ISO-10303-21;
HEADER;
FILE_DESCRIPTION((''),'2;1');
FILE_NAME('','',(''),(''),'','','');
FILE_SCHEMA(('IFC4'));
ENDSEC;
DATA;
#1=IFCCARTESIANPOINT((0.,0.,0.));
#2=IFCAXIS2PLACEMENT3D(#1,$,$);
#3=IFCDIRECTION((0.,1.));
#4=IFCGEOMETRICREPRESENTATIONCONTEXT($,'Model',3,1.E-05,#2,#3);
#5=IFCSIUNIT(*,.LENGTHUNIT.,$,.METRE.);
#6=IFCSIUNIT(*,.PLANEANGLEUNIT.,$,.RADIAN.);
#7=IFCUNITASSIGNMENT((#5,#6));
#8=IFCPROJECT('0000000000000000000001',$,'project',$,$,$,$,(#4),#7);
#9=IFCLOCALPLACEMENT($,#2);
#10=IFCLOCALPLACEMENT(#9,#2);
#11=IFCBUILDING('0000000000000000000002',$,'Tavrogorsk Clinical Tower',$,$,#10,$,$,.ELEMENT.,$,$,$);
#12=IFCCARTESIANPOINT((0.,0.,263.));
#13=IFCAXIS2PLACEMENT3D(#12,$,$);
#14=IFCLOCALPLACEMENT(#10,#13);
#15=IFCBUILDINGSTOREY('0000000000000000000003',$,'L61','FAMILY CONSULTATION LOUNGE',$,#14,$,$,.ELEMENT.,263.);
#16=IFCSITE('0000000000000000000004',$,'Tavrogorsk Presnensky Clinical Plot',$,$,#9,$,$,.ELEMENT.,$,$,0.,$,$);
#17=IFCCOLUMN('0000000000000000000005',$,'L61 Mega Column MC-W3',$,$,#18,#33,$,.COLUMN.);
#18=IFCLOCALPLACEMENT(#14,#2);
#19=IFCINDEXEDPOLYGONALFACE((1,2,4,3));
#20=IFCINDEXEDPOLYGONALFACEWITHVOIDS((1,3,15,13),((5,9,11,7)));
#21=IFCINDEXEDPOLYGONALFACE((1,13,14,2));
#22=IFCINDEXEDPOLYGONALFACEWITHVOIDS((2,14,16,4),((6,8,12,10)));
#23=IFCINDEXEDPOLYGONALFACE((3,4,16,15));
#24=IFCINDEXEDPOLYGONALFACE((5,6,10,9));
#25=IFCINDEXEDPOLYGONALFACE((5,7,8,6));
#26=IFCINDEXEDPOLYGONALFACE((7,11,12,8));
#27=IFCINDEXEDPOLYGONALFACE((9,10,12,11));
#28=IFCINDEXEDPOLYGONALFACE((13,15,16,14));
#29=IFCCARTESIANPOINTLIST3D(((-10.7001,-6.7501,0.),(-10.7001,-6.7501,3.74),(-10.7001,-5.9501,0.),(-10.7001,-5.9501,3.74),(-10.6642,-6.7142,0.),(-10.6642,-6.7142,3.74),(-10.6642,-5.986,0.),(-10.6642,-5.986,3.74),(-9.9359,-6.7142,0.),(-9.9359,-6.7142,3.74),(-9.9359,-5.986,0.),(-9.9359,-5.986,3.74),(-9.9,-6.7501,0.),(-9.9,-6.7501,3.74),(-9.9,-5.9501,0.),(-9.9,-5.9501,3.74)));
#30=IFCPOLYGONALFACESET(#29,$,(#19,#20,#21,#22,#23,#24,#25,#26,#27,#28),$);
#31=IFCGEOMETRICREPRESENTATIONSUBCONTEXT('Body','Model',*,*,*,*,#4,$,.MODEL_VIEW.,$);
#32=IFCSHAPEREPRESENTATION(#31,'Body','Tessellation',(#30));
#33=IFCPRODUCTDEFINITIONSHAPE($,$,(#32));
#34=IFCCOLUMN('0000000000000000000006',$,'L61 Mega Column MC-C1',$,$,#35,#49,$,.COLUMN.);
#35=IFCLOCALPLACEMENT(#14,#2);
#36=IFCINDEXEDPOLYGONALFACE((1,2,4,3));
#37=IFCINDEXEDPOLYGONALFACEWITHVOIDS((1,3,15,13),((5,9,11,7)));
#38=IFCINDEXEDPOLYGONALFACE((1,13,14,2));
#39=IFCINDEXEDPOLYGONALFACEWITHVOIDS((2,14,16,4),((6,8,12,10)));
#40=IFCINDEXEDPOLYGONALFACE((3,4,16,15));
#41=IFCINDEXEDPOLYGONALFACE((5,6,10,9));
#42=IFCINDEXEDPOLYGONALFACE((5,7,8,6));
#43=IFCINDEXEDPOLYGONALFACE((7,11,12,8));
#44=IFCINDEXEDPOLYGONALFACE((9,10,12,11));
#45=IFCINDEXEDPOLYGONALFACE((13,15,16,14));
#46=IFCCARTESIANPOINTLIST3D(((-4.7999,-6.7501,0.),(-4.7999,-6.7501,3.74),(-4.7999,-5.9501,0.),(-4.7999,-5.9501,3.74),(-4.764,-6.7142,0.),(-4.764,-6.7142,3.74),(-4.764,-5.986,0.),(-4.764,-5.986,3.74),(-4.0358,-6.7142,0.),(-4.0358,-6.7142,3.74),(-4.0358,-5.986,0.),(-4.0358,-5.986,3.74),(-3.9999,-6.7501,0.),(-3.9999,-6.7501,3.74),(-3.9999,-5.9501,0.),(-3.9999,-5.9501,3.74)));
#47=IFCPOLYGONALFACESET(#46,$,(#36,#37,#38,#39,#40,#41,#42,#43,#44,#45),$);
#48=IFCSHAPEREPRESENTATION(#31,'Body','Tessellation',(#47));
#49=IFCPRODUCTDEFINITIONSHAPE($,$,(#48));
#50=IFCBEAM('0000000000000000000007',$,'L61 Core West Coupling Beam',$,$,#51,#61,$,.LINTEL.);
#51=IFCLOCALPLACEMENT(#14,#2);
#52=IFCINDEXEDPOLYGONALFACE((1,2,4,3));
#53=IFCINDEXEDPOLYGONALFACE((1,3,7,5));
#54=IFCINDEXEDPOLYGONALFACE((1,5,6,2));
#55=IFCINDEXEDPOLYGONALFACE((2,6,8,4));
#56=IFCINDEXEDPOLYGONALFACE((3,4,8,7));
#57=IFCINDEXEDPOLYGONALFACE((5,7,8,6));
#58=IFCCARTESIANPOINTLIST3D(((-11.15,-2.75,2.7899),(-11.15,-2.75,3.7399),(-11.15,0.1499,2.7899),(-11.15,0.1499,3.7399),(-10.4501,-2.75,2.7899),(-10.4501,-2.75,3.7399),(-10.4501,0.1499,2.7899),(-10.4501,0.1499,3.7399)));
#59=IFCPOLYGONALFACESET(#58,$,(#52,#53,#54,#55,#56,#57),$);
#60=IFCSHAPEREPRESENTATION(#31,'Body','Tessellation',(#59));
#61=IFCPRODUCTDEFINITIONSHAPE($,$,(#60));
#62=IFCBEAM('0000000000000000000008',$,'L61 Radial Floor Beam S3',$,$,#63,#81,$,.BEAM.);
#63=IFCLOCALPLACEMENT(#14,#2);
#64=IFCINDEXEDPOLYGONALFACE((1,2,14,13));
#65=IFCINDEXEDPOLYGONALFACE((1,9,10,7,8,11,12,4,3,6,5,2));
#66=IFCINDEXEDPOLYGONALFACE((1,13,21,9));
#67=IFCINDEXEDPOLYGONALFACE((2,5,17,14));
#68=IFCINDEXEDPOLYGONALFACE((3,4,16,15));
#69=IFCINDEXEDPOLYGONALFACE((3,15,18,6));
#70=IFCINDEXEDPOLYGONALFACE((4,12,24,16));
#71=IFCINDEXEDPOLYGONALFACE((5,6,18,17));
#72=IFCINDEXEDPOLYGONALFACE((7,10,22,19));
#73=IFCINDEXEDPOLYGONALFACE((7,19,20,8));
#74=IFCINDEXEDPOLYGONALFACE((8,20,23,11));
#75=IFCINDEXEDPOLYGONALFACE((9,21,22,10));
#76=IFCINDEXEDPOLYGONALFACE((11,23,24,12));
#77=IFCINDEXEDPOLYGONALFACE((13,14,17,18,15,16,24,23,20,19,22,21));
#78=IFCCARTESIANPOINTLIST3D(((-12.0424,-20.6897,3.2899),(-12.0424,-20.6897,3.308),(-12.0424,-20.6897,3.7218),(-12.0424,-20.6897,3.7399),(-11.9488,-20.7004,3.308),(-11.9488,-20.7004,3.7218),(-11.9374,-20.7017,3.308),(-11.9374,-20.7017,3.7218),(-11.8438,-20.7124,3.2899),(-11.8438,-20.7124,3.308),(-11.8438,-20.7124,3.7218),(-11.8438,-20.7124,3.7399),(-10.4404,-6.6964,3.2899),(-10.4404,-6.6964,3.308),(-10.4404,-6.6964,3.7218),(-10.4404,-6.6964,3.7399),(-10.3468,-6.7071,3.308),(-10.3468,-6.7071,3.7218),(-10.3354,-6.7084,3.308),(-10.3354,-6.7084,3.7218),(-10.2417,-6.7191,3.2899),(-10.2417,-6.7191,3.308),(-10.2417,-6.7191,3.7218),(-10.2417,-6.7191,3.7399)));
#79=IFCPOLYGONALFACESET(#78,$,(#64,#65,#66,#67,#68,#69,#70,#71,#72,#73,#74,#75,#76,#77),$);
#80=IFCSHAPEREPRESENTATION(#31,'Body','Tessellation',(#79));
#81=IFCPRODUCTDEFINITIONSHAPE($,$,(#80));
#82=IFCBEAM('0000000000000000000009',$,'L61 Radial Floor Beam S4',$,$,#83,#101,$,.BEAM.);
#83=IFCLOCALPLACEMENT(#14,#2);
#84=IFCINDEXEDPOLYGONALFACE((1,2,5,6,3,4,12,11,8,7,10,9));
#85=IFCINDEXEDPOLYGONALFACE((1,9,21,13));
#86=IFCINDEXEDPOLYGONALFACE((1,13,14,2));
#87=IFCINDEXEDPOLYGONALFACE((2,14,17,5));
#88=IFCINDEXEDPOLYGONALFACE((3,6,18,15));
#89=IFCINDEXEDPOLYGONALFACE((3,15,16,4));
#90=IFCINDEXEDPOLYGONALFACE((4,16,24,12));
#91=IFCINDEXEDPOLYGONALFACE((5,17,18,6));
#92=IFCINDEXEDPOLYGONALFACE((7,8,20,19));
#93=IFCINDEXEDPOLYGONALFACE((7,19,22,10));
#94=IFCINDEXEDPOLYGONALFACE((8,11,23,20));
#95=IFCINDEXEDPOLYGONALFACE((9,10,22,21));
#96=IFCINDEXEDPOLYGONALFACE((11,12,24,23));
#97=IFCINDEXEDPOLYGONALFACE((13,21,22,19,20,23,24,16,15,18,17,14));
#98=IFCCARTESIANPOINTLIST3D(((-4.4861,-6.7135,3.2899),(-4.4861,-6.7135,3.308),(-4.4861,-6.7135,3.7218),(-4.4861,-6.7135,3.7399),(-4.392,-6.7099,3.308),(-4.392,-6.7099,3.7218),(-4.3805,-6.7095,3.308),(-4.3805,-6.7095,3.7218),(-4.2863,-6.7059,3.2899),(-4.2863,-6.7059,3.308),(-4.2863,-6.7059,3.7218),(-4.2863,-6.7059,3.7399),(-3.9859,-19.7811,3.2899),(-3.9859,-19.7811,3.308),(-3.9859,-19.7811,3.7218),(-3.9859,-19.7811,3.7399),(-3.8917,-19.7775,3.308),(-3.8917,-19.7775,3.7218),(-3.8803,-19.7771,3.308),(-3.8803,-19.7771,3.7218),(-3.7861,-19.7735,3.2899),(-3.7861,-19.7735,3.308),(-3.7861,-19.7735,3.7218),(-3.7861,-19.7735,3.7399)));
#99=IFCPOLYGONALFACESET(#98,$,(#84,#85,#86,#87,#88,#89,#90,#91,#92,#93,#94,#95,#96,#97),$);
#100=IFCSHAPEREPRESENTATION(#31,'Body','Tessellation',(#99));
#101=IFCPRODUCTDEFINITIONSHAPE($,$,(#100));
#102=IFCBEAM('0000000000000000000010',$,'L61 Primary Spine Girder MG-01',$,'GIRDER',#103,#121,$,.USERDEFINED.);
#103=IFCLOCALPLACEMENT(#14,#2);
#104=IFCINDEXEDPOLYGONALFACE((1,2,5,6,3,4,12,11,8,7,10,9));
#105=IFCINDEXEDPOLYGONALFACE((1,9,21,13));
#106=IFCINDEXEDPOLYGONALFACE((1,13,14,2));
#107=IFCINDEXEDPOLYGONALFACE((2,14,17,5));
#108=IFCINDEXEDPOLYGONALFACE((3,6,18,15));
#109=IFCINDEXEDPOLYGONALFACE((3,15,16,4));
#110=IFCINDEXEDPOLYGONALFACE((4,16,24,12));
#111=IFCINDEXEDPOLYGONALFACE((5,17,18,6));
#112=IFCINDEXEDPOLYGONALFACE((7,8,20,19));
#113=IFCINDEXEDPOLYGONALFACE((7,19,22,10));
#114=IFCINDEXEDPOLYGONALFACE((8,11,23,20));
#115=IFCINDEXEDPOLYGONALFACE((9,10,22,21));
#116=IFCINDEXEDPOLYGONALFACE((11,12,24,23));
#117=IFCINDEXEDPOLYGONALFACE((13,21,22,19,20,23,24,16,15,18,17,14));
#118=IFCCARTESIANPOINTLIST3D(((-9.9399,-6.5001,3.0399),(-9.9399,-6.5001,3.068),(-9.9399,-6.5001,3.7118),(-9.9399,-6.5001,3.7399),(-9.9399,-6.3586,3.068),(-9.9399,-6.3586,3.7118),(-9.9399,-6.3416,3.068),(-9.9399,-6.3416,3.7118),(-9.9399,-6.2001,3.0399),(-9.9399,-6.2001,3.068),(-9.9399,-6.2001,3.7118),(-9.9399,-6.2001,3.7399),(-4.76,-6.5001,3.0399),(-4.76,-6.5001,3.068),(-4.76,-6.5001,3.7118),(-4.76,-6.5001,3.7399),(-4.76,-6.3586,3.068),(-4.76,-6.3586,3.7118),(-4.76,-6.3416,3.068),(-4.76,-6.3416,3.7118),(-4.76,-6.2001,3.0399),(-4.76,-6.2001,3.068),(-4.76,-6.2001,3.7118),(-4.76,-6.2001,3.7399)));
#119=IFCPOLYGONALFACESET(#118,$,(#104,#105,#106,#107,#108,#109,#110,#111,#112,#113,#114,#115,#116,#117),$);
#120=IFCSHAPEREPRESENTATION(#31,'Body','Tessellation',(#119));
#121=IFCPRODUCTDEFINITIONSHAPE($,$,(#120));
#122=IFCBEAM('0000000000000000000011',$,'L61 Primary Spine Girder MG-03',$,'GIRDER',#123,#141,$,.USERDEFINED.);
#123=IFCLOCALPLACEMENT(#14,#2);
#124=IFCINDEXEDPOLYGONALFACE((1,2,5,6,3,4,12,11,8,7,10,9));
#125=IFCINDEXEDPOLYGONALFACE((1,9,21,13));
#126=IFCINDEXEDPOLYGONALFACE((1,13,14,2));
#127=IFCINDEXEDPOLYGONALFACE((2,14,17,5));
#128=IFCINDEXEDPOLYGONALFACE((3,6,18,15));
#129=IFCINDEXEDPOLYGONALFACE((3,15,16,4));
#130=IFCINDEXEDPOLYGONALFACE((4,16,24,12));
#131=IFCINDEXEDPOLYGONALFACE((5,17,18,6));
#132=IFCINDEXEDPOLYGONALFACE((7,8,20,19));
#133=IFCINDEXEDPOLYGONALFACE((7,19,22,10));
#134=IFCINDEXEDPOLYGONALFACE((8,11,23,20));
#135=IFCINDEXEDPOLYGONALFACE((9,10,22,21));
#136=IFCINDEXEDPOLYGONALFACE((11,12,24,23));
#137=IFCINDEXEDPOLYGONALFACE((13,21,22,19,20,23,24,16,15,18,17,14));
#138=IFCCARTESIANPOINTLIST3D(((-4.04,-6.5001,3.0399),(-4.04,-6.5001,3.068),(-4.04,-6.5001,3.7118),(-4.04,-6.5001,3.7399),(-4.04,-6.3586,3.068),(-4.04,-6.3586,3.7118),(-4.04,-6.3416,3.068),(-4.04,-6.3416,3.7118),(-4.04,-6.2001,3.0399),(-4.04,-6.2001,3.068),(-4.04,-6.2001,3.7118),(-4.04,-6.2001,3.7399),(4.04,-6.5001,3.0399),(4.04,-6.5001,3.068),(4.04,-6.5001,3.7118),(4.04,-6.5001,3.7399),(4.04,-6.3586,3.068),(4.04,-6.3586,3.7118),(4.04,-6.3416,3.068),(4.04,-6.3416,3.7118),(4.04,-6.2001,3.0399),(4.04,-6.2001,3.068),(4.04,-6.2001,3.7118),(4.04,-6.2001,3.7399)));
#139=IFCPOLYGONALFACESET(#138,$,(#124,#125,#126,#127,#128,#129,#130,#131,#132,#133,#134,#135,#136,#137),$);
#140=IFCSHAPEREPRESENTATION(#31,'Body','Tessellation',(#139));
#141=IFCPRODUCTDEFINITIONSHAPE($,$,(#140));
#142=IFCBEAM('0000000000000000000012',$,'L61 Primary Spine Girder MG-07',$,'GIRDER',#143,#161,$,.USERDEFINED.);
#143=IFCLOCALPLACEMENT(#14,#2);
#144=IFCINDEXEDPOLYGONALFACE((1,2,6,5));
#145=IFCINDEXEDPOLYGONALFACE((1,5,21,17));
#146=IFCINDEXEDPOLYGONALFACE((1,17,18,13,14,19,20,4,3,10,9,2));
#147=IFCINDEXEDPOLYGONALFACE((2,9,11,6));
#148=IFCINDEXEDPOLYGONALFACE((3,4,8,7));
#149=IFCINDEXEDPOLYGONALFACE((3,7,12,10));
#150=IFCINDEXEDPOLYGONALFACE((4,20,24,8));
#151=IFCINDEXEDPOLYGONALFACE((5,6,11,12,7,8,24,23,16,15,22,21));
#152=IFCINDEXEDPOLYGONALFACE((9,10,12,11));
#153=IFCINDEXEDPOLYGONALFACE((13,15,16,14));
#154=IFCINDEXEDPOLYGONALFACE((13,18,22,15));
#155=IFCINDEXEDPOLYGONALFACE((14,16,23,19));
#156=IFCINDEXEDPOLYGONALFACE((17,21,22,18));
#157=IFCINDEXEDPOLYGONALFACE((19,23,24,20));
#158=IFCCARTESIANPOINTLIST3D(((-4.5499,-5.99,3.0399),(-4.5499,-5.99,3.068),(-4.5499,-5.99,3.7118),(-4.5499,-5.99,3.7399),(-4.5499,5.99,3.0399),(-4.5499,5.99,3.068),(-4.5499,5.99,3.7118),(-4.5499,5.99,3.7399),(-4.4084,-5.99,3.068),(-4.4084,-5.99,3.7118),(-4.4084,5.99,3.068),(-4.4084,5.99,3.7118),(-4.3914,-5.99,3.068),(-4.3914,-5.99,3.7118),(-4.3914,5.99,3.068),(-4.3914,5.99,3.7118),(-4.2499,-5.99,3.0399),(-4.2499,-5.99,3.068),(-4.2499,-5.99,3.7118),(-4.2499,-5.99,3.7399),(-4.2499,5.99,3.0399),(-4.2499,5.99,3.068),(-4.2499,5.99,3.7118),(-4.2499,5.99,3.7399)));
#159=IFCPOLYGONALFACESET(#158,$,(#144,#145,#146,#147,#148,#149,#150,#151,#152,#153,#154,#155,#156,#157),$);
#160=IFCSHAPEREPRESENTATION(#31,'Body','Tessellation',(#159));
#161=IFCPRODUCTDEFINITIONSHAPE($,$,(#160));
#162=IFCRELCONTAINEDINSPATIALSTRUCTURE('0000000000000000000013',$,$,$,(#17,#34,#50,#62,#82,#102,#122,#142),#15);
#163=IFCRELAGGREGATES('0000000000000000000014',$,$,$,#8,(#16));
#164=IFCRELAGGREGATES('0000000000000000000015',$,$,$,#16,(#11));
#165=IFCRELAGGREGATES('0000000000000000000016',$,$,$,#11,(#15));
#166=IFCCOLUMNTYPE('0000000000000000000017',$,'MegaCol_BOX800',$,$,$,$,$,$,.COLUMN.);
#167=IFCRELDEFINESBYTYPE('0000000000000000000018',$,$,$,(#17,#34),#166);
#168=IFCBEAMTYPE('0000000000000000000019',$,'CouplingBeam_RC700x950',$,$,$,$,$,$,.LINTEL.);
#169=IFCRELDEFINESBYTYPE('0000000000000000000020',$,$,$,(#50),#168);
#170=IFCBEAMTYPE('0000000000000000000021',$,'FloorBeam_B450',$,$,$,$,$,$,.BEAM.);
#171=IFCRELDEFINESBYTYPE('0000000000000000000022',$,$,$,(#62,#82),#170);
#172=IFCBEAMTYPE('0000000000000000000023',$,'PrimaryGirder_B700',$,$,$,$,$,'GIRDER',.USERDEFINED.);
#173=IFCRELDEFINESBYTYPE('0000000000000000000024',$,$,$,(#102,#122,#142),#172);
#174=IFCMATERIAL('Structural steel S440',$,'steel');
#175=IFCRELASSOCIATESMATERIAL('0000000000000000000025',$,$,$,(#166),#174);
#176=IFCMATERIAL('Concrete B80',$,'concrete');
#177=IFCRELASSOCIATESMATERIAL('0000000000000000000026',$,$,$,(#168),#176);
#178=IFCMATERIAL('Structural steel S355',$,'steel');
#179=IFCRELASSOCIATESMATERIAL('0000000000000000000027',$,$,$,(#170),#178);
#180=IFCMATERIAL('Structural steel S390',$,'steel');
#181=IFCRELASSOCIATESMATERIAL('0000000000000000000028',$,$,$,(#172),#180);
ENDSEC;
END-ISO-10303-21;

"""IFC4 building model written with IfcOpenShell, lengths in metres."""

from ifc_helpers import new_model, si_unit, direction, frame, origin, origin_2d, place, context, subcontext, project, spatial, rectangle, hollow_rectangle, i_section, extrude, material, material_profile, profile_set, type_object, element, save


model = new_model("IFC4")

# Units and contexts
model_context = context("Model", 3, precision=1e-05, world=origin(), true_north=direction((0.0, 1.0)))
body_context = subcontext(model_context, "Body", "Model", "MODEL_VIEW")
ifc_project = project(units=[si_unit("LENGTHUNIT", "METRE"), si_unit("PLANEANGLEUNIT", "RADIAN")], contexts=[model_context])

# Site, building, storey
site_placement = place(None, origin())
site = spatial("IfcSite", under=ifc_project, at=site_placement, Name="Tavrogorsk Presnensky Clinical Plot", CompositionType="ELEMENT", RefElevation=0.0)
building_placement = place(site_placement, origin())
building = spatial("IfcBuilding", under=site, at=building_placement, Name="Tavrogorsk Clinical Tower", CompositionType="ELEMENT")
storey_placement = place(building_placement, frame((0.0, 0.0, 263.0)))
storey = spatial("IfcBuildingStorey", under=building, at=storey_placement, Name="L61", Description="FAMILY CONSULTATION LOUNGE", CompositionType="ELEMENT", Elevation=263.0)

# Columns
ifc_material_1 = material(Name="Structural steel S440", Category="steel")
ifc_material_profile_1 = material_profile(ifc_material_1, hollow_rectangle(XDim=0.8, YDim=0.8, WallThickness=0.0359, at=origin_2d()), Name="BOX-800x800x36")
ifc_profile_set_1 = profile_set([ifc_material_profile_1], Name="Structural steel S440")
column_type = type_object("IfcColumnType", Name="MegaCol_BOX800", PredefinedType="COLUMN", material=ifc_profile_set_1)
for number, where, z_axis, x_axis, name in (
    (1, (-10.3, -6.3501, 0.0), (0.0, 0.0, 1.0), (1.0, 0.0, 0.0), "L61 Mega Column MC-W3"),
    (2, (-4.3999, -6.3501, 0.0), (0.0, 0.0, 1.0), (1.0, 0.0, 0.0), "L61 Mega Column MC-C1"),
):
    element("IfcColumn", number, at=place(storey_placement, frame(where, z_axis=z_axis, x_axis=x_axis)), inside=storey, type_object=column_type, Name=name, PredefinedType="COLUMN", context=body_context, shape_type="SweptSolid", body=[
        extrude(hollow_rectangle(XDim=0.8, YDim=0.8, WallThickness=0.0359, at=origin_2d()), origin(), (0.0, 0.0, 1.0), 3.74),
    ])

# Beams
ifc_material_2 = material(Name="Concrete B80", Category="concrete")
ifc_material_profile_2 = material_profile(ifc_material_2, rectangle(XDim=0.7, YDim=0.95, at=origin_2d()), Name="RC-CB-700x950")
ifc_profile_set_2 = profile_set([ifc_material_profile_2], Name="Concrete B80")
beam_type_1 = type_object("IfcBeamType", Name="CouplingBeam_RC700x950", PredefinedType="LINTEL", material=ifc_profile_set_2)
beam_1_placement = place(storey_placement, frame((-10.8, -2.75, 3.2649), z_axis=(0.0, 1.0, 0.0), x_axis=(-1.0, 0.0, 0.0)))
element("IfcBeam", 3, at=beam_1_placement, inside=storey, type_object=beam_type_1, Name="L61 Core West Coupling Beam", PredefinedType="LINTEL", context=body_context, shape_type="SweptSolid", body=[
    extrude(rectangle(XDim=0.7, YDim=0.95, at=origin_2d()), origin(), (0.0, 0.0, 1.0), 2.8999),
])
ifc_material_3 = material(Name="Structural steel S355", Category="steel")
ifc_material_profile_3 = material_profile(ifc_material_3, i_section(OverallWidth=0.2, OverallDepth=0.45, WebThickness=0.0115, FlangeThickness=0.0181, at=origin_2d()), Name="B-450x200x11.5x18")
ifc_profile_set_3 = profile_set([ifc_material_profile_3], Name="Structural steel S355")
beam_type_2 = type_object("IfcBeamType", Name="FloorBeam_B450", PredefinedType="BEAM", material=ifc_profile_set_3)
beam_2_placement = place(storey_placement, frame((-10.3411, -6.7078, 3.5149), z_axis=(-0.113743, -0.99351, 0.0), x_axis=(0.99351, -0.113743, 0.0)))
element("IfcBeam", 4, at=beam_2_placement, inside=storey, type_object=beam_type_2, Name="L61 Radial Floor Beam S3", PredefinedType="BEAM", context=body_context, shape_type="SweptSolid", body=[
    extrude(i_section(OverallWidth=0.2, OverallDepth=0.45, WebThickness=0.0115, FlangeThickness=0.0181, at=origin_2d()), origin(), (0.0, 0.0, 1.0), 14.0847),
])
beam_3_placement = place(storey_placement, frame((-4.3862, -6.7097, 3.5149), z_axis=(0.038253, -0.999268, 0.0), x_axis=(0.999268, 0.038253, 0.0)))
element("IfcBeam", 5, at=beam_3_placement, inside=storey, type_object=beam_type_2, Name="L61 Radial Floor Beam S4", PredefinedType="BEAM", context=body_context, shape_type="SweptSolid", body=[
    extrude(i_section(OverallWidth=0.2, OverallDepth=0.45, WebThickness=0.0115, FlangeThickness=0.0181, at=origin_2d()), origin(), (0.0, 0.0, 1.0), 13.0771),
])
ifc_material_4 = material(Name="Structural steel S390", Category="steel")
ifc_material_profile_4 = material_profile(ifc_material_4, i_section(OverallWidth=0.3, OverallDepth=0.7, WebThickness=0.0171, FlangeThickness=0.0281, at=origin_2d()), Name="B-700x300x17x28")
ifc_profile_set_4 = profile_set([ifc_material_profile_4], Name="Structural steel S390")
beam_type_3 = type_object("IfcBeamType", Name="PrimaryGirder_B700", ElementType="GIRDER", PredefinedType="USERDEFINED", material=ifc_profile_set_4)
beam_4_placement = place(storey_placement, frame((-9.9399, -6.3501, 3.3899), z_axis=(1.0, 0.0, 0.0), x_axis=(0.0, 1.0, 0.0)))
element("IfcBeam", 6, at=beam_4_placement, inside=storey, type_object=beam_type_3, Name="L61 Primary Spine Girder MG-01", ObjectType="GIRDER", PredefinedType="USERDEFINED", context=body_context, shape_type="SweptSolid", body=[
    extrude(i_section(OverallWidth=0.3, OverallDepth=0.7, WebThickness=0.0171, FlangeThickness=0.0281, at=origin_2d()), origin(), (0.0, 0.0, 1.0), 5.1799),
])
beam_5_placement = place(storey_placement, frame((-4.04, -6.3501, 3.3899), z_axis=(1.0, 0.0, 0.0), x_axis=(0.0, 1.0, 0.0)))
element("IfcBeam", 7, at=beam_5_placement, inside=storey, type_object=beam_type_3, Name="L61 Primary Spine Girder MG-03", ObjectType="GIRDER", PredefinedType="USERDEFINED", context=body_context, shape_type="SweptSolid", body=[
    extrude(i_section(OverallWidth=0.3, OverallDepth=0.7, WebThickness=0.0171, FlangeThickness=0.0281, at=origin_2d()), origin(), (0.0, 0.0, 1.0), 8.0801),
])
beam_6_placement = place(storey_placement, frame((-4.3999, -5.99, 3.3899), z_axis=(0.0, 1.0, 0.0), x_axis=(-1.0, 0.0, 0.0)))
element("IfcBeam", 8, at=beam_6_placement, inside=storey, type_object=beam_type_3, Name="L61 Primary Spine Girder MG-07", ObjectType="GIRDER", PredefinedType="USERDEFINED", context=body_context, shape_type="SweptSolid", body=[
    extrude(i_section(OverallWidth=0.3, OverallDepth=0.7, WebThickness=0.0171, FlangeThickness=0.0281, at=origin_2d()), origin(), (0.0, 0.0, 1.0), 11.98),
])

save(model, "model.ifc")
